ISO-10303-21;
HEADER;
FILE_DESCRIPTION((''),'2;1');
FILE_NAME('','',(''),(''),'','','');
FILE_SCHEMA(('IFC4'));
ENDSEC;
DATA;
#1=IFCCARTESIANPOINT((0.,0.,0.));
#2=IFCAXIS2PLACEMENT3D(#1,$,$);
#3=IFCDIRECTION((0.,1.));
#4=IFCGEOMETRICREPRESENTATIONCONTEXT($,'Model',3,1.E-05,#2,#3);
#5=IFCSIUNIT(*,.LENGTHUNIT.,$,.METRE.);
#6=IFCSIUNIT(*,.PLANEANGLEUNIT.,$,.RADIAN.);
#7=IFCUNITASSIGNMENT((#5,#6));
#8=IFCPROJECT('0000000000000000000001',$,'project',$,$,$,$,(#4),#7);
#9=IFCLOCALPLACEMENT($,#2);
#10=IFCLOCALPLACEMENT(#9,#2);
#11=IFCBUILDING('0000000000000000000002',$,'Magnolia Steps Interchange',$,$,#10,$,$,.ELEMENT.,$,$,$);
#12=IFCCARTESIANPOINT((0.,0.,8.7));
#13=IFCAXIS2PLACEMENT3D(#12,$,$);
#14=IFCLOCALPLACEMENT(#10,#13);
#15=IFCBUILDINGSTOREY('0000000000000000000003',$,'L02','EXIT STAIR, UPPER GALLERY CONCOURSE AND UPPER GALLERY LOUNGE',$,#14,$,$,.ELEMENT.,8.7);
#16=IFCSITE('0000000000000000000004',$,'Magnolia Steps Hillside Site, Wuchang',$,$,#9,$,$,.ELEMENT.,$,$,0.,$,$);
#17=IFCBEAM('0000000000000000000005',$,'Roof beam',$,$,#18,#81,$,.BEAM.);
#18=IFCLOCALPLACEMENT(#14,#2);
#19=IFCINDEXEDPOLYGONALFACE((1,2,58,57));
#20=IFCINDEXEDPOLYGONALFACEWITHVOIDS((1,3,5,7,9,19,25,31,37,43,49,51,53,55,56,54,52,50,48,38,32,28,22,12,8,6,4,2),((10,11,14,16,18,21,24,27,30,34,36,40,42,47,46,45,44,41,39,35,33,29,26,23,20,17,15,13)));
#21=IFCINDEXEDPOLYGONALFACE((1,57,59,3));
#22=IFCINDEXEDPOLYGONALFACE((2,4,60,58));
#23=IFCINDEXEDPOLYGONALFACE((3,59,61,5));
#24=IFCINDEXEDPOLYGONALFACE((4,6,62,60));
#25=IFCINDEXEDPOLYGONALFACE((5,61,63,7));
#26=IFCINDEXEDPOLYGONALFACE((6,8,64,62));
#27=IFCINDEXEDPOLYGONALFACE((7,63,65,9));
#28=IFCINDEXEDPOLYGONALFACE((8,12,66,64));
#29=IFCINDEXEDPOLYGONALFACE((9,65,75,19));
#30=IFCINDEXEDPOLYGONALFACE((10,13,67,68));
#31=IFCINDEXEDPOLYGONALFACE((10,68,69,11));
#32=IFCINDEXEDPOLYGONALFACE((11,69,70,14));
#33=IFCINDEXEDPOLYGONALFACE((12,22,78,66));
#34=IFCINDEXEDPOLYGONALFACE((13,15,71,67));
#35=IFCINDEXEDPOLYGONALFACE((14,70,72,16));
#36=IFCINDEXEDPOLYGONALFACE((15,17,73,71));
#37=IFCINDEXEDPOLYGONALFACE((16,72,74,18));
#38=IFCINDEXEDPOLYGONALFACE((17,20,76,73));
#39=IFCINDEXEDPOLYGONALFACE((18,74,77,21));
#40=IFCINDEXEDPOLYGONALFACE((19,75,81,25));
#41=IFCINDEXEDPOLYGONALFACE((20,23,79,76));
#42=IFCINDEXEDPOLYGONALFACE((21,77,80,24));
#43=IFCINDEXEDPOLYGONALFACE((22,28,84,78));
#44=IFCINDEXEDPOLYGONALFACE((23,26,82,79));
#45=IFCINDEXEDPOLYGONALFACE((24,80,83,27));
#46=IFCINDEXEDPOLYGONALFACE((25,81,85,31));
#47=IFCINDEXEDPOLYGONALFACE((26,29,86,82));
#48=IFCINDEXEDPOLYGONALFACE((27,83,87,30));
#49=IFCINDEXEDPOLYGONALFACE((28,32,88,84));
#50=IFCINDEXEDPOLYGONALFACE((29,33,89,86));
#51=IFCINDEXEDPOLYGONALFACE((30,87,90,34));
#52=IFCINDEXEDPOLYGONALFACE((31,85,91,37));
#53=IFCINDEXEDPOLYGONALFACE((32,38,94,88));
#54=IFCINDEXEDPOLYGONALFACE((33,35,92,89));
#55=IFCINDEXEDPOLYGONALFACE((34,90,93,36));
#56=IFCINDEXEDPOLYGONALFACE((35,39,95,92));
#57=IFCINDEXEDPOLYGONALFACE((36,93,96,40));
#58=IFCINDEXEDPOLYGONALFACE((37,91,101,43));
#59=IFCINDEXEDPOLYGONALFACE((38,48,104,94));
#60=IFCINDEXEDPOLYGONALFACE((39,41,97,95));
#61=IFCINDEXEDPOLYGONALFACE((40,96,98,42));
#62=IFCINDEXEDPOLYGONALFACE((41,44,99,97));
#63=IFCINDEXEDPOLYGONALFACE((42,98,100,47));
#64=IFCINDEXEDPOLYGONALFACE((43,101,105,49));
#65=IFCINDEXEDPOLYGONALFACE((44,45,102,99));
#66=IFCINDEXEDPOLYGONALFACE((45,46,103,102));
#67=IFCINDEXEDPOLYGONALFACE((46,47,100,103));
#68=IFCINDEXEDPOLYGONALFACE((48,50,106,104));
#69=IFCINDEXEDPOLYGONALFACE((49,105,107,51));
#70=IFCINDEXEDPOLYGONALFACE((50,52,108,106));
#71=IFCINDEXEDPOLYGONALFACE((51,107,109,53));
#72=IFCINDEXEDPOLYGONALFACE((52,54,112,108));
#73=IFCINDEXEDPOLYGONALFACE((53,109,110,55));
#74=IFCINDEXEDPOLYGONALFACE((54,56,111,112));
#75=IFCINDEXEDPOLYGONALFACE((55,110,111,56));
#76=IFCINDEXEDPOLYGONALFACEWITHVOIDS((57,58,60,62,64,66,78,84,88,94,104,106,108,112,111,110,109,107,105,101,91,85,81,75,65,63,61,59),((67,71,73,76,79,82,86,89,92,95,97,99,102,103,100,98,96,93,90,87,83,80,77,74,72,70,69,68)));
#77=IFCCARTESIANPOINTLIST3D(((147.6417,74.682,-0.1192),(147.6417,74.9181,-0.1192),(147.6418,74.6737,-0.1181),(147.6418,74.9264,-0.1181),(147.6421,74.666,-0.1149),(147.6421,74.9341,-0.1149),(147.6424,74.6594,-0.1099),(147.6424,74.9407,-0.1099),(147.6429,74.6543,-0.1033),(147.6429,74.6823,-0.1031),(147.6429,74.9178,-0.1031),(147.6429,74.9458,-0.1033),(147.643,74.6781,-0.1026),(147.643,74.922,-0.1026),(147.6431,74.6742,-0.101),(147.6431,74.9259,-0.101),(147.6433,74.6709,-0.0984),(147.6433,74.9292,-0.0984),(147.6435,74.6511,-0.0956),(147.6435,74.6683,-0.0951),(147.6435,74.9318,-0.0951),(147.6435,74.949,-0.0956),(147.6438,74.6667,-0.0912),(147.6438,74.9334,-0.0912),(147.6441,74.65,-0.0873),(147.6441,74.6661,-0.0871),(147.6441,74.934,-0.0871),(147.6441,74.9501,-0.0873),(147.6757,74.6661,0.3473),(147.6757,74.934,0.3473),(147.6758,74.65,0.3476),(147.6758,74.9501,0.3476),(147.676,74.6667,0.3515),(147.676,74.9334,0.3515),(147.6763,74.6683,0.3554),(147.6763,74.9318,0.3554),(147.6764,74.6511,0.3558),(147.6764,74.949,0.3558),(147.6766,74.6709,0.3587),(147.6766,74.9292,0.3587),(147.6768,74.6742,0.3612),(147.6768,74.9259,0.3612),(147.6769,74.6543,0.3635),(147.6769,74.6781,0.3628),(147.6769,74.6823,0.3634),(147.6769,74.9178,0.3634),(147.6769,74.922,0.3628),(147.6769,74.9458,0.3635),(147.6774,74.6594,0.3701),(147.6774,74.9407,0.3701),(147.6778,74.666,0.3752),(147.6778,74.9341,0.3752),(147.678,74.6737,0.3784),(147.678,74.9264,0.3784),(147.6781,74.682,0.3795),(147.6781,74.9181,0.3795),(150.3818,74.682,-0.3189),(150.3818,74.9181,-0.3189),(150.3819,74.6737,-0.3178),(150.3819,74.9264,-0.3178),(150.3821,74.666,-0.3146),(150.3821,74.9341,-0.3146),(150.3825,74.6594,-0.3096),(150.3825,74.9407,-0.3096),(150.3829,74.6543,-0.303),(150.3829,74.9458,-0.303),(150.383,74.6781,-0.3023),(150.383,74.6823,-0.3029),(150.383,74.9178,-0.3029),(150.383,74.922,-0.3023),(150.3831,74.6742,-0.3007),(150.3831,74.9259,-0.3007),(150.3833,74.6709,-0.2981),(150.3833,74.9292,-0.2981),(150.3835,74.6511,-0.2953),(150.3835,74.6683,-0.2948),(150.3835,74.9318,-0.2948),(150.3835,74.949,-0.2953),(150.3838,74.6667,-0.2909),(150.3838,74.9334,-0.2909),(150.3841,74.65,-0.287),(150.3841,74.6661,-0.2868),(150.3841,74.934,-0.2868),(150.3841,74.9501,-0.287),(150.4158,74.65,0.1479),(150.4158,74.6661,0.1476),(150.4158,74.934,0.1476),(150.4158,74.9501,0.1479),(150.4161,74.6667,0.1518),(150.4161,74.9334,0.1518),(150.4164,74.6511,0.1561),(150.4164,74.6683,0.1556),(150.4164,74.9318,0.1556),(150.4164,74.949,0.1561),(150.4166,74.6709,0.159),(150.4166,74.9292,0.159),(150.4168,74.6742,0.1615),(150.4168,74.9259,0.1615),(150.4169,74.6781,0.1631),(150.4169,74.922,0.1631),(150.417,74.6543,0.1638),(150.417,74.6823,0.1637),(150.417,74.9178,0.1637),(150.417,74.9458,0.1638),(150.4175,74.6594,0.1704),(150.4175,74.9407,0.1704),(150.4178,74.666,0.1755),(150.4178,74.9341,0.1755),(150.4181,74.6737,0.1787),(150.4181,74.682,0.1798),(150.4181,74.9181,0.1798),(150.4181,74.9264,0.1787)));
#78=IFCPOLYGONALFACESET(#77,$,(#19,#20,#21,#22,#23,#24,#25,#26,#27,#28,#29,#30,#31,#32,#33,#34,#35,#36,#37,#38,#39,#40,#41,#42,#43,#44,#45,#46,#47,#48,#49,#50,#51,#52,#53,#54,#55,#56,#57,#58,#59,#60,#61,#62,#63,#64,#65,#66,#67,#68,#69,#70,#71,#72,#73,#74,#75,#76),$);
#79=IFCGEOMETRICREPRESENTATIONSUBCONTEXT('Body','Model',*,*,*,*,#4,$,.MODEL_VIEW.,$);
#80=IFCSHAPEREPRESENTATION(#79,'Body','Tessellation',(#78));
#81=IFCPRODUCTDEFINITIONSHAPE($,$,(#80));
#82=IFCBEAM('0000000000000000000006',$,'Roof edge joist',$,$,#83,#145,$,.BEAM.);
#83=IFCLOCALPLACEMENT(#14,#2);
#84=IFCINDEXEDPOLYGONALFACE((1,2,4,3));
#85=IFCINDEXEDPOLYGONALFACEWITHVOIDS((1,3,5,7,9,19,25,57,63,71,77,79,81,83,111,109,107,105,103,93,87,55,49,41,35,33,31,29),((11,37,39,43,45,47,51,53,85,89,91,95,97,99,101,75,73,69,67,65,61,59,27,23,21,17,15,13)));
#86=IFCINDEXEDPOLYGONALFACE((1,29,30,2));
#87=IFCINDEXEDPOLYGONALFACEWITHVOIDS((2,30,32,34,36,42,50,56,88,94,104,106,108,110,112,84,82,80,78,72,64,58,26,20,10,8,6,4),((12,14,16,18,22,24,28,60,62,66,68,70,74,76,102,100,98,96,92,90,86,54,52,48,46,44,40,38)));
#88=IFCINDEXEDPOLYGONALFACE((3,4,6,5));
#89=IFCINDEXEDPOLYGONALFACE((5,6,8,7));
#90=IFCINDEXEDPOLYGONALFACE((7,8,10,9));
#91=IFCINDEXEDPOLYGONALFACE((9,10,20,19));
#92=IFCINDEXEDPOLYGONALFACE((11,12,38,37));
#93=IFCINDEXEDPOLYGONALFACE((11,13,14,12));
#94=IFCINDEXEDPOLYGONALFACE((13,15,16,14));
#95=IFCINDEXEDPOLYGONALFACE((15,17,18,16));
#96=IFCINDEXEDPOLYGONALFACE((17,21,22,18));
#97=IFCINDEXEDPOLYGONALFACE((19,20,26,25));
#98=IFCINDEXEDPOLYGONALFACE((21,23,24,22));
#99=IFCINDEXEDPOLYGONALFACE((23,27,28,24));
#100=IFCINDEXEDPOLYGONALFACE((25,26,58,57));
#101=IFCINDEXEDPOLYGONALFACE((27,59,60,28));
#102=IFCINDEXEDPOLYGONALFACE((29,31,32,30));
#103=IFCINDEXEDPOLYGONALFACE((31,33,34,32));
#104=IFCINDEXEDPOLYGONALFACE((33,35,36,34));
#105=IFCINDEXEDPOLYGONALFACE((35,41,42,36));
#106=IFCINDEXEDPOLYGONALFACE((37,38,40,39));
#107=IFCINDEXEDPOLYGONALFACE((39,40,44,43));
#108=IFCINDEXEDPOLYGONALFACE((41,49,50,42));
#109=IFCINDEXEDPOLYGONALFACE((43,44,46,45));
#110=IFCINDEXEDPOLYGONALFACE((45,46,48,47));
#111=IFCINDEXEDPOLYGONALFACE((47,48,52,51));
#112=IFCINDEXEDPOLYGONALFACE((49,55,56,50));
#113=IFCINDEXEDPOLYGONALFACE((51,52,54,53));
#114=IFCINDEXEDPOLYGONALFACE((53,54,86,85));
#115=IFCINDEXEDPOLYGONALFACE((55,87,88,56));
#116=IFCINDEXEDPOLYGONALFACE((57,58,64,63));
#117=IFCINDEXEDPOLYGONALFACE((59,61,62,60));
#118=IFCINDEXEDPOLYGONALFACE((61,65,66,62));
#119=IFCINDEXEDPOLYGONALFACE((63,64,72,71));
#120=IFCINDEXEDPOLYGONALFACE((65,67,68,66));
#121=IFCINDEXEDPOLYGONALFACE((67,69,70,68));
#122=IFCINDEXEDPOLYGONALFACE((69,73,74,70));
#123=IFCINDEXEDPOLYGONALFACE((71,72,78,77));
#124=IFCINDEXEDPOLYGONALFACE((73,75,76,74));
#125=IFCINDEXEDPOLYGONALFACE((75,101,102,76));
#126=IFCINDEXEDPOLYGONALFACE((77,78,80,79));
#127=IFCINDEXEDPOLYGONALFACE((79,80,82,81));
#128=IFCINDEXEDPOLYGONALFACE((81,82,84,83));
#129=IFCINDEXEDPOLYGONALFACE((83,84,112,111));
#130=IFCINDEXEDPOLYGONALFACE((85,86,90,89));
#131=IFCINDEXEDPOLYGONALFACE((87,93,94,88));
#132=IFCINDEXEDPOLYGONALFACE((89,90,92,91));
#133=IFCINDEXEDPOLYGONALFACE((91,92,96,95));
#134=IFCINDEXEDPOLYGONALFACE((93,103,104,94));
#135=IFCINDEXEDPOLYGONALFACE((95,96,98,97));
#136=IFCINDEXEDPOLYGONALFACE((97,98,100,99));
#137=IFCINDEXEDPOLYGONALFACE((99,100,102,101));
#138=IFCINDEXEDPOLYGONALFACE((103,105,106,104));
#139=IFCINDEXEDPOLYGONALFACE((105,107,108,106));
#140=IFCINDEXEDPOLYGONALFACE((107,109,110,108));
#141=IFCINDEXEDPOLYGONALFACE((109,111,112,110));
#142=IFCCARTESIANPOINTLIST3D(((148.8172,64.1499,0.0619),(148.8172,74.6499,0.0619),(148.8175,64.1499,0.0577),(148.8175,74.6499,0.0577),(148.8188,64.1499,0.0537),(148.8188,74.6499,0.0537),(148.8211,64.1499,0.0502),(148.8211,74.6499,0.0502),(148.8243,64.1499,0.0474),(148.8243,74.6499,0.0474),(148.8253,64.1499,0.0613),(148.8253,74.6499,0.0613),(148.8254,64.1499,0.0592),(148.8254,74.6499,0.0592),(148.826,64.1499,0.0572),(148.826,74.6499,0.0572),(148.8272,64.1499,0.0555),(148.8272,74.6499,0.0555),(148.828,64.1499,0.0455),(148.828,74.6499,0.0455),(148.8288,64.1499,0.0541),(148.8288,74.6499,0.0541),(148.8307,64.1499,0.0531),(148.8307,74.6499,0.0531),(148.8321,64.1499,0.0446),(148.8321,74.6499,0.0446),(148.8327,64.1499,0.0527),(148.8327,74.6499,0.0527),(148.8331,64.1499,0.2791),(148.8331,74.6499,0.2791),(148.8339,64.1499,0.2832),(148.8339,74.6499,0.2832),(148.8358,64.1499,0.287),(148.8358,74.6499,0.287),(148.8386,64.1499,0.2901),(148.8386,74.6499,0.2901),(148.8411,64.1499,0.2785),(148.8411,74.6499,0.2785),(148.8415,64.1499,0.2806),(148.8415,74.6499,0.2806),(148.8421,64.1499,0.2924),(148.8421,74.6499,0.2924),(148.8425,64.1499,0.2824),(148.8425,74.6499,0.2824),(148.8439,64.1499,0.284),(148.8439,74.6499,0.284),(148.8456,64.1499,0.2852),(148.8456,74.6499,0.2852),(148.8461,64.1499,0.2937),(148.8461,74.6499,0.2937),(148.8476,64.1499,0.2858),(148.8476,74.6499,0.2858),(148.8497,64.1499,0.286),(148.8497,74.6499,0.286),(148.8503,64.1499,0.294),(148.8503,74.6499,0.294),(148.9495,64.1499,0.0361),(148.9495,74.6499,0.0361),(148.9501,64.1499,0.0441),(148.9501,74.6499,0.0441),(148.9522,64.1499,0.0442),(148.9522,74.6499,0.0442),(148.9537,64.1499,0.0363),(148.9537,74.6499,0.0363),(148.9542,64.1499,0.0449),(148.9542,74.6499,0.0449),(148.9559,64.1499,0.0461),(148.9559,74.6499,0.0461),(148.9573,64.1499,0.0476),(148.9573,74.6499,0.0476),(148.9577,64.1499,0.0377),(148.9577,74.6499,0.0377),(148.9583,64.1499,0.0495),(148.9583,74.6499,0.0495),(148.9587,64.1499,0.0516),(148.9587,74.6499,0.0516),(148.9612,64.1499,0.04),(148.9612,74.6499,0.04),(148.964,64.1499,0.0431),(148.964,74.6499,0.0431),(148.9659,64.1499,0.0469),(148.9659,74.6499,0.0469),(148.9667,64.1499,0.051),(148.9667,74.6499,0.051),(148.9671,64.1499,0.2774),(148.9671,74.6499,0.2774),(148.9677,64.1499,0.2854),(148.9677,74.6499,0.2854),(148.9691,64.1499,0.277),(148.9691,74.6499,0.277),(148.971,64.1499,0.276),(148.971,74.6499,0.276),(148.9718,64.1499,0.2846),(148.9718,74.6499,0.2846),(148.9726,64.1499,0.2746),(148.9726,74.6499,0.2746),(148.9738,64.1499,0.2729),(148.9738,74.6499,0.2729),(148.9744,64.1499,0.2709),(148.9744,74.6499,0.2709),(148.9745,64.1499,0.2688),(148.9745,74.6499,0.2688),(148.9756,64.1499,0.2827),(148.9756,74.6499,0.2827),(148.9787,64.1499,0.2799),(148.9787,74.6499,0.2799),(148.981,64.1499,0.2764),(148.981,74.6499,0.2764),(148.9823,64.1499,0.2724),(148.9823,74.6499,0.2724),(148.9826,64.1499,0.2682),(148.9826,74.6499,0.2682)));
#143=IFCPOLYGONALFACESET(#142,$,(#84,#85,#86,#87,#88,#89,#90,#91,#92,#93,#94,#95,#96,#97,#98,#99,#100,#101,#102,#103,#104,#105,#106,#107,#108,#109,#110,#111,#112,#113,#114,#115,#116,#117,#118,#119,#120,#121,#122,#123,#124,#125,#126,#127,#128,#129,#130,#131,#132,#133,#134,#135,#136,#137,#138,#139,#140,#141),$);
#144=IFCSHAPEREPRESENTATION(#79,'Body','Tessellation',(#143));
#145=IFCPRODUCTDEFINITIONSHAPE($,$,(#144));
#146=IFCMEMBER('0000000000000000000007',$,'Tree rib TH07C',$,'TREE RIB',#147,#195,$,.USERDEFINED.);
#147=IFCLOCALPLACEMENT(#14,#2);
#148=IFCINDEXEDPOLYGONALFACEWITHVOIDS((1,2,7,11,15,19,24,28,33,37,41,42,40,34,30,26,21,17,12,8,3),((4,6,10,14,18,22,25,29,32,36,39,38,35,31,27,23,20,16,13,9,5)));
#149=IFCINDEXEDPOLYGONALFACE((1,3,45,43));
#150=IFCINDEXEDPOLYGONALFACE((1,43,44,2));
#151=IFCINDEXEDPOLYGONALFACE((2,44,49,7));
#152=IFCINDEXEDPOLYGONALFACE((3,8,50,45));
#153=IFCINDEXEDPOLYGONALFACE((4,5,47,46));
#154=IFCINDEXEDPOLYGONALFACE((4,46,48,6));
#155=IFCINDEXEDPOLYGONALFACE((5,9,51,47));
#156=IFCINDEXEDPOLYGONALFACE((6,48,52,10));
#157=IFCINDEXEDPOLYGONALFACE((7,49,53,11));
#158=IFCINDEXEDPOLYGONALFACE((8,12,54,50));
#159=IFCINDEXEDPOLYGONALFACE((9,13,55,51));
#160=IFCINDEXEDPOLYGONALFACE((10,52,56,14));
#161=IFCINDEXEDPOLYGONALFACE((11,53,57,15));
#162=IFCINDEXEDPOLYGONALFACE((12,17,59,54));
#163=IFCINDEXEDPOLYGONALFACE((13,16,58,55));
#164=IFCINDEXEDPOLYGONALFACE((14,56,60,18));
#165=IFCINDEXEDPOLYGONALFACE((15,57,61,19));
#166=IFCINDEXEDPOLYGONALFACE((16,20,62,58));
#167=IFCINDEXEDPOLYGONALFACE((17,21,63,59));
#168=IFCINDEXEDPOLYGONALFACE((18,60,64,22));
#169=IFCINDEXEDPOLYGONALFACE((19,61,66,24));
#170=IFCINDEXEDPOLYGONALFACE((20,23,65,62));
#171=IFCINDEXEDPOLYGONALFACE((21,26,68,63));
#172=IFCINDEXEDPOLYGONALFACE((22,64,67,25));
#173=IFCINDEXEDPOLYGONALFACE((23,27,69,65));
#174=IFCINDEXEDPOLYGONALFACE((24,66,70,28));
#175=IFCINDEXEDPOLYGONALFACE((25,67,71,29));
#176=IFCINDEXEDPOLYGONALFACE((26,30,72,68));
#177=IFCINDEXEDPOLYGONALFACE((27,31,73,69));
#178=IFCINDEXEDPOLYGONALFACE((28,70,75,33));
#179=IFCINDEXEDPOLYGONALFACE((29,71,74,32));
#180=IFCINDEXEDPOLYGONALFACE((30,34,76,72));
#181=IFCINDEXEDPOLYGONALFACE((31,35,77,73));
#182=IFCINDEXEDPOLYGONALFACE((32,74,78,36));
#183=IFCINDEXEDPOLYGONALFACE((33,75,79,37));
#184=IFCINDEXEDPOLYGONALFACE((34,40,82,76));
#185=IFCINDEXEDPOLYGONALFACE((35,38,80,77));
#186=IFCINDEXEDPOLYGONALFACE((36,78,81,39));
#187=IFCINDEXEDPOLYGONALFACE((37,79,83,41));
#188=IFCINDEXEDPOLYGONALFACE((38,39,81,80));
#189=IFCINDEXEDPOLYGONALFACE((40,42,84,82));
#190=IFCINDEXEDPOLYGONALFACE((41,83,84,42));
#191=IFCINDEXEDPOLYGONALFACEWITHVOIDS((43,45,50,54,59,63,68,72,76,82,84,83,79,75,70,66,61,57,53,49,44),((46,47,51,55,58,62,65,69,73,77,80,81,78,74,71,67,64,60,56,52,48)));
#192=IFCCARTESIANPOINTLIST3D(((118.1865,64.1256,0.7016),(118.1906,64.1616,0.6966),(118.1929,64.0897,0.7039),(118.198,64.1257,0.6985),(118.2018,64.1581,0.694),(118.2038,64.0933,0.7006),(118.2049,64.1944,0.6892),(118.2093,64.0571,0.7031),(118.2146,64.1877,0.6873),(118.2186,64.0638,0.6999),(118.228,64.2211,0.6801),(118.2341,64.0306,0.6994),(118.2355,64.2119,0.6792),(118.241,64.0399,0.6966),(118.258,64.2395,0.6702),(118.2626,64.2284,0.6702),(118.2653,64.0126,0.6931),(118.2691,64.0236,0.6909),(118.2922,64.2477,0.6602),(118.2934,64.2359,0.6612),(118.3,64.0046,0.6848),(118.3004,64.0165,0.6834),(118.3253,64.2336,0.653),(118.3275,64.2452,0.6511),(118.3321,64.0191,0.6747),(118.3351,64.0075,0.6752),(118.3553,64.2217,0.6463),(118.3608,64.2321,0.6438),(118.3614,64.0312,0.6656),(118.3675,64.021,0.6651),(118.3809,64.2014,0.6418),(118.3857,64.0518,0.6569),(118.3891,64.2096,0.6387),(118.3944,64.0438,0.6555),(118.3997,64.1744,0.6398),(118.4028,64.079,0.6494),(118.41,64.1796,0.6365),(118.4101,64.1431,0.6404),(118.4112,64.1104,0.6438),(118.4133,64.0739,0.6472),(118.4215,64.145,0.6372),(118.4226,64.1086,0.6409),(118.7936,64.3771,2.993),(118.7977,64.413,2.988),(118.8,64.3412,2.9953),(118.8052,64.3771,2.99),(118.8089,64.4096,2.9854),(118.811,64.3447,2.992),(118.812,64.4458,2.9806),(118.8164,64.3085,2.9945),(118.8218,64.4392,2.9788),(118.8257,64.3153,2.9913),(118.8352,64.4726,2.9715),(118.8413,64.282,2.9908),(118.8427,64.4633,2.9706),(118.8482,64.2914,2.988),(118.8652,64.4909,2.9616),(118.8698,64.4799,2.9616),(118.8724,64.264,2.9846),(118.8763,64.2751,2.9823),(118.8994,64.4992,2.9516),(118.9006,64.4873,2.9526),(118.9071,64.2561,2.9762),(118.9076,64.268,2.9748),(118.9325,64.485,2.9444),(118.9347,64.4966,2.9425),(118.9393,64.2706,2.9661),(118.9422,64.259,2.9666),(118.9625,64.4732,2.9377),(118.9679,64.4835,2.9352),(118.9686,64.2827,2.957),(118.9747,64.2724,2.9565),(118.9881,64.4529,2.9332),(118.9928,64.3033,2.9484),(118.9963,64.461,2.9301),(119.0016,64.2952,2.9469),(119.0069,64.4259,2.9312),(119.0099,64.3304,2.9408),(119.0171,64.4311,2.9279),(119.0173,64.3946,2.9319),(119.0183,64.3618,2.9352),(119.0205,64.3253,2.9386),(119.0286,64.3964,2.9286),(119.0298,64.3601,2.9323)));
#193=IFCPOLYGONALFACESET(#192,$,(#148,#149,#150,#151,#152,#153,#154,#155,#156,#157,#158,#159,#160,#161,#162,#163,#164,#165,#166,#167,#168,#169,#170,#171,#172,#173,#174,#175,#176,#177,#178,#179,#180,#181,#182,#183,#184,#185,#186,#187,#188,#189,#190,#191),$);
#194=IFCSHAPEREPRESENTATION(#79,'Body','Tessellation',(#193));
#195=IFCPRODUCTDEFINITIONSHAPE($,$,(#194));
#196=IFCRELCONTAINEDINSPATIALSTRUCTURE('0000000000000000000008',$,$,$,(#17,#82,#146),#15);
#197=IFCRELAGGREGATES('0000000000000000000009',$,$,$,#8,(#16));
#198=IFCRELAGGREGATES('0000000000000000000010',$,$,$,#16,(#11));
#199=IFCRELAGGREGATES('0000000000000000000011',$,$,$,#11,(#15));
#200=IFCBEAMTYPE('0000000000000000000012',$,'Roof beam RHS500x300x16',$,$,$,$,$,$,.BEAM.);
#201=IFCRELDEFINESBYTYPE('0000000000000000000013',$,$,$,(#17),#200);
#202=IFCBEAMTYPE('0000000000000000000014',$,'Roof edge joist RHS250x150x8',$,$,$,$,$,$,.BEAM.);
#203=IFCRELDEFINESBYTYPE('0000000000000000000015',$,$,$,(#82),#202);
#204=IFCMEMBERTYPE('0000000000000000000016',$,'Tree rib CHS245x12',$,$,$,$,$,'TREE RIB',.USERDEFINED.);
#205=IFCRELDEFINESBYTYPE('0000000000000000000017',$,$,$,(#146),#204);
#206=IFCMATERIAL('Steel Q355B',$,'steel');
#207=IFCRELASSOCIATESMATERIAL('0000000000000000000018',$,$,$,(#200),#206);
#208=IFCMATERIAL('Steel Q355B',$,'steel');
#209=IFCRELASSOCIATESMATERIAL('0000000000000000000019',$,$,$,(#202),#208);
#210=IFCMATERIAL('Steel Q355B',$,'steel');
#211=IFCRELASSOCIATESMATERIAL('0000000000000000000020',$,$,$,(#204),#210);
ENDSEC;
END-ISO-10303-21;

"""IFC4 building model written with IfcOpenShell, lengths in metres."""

from ifc_helpers import new_model, si_unit, direction, frame, origin, origin_2d, place, context, subcontext, project, spatial, hollow_rectangle, hollow_circle, extrude, material, material_profile, profile_set, type_object, element, save


model = new_model("IFC4")

# Units and contexts
model_context = context("Model", 3, precision=1e-05, world=origin(), true_north=direction((0.0, 1.0)))
body_context = subcontext(model_context, "Body", "Model", "MODEL_VIEW")
ifc_project = project(units=[si_unit("LENGTHUNIT", "METRE"), si_unit("PLANEANGLEUNIT", "RADIAN")], contexts=[model_context])

# Site, building, storey
site_placement = place(None, origin())
site = spatial("IfcSite", under=ifc_project, at=site_placement, Name="Magnolia Steps Hillside Site, Wuchang", CompositionType="ELEMENT", RefElevation=0.0)
building_placement = place(site_placement, origin())
building = spatial("IfcBuilding", under=site, at=building_placement, Name="Magnolia Steps Interchange", CompositionType="ELEMENT")
storey_placement = place(building_placement, frame((0.0, 0.0, 8.7)))
storey = spatial("IfcBuildingStorey", under=building, at=storey_placement, Name="L02", Description="EXIT STAIR, UPPER GALLERY CONCOURSE AND UPPER GALLERY LOUNGE", CompositionType="ELEMENT", Elevation=8.7)

# Beams
ifc_material_1 = material(Name="Steel Q355B", Category="steel")
ifc_material_profile_1 = material_profile(ifc_material_1, hollow_rectangle(XDim=0.3, YDim=0.5, WallThickness=0.0161, InnerFilletRadius=0.0161, OuterFilletRadius=0.032, at=origin_2d()), Name="RHS500x300x16")
ifc_profile_set_1 = profile_set([ifc_material_profile_1], Name="Steel Q355B")
beam_type_1 = type_object("IfcBeamType", Name="Roof beam RHS500x300x16", PredefinedType="BEAM", material=ifc_profile_set_1)
for number, where, z_axis, x_axis, name in (
    (1, (147.6599, 74.8, 0.1301), (0.997354, 0.0, -0.072693), (0.0, 1.0, 0.0), "Roof beam"),
):
    element("IfcBeam", number, at=place(storey_placement, frame(where, z_axis=z_axis, x_axis=x_axis)), inside=storey, type_object=beam_type_1, Name=name, PredefinedType="BEAM", context=body_context, shape_type="SweptSolid", body=[
        extrude(hollow_rectangle(XDim=0.3, YDim=0.5, WallThickness=0.0161, InnerFilletRadius=0.0161, OuterFilletRadius=0.032, at=origin_2d()), origin(), (0.0, 0.0, 1.0), 2.7473),
    ])
ifc_material_2 = material(Name="Steel Q355B", Category="steel")
ifc_material_profile_2 = material_profile(ifc_material_2, hollow_rectangle(XDim=0.1499, YDim=0.25, WallThickness=0.0081, InnerFilletRadius=0.0081, OuterFilletRadius=0.0161, at=origin_2d()), Name="RHS250x150x8")
ifc_profile_set_2 = profile_set([ifc_material_profile_2], Name="Steel Q355B")
beam_type_2 = type_object("IfcBeamType", Name="Roof edge joist RHS250x150x8", PredefinedType="BEAM", material=ifc_profile_set_2)
beam_placement = place(storey_placement, frame((148.8999, 64.1499, 0.165), z_axis=(0.0, 1.0, 0.0), x_axis=(-0.997352, 0.0, 0.072724)))
element("IfcBeam", 2, at=beam_placement, inside=storey, type_object=beam_type_2, Name="Roof edge joist", PredefinedType="BEAM", context=body_context, shape_type="SweptSolid", body=[
    extrude(hollow_rectangle(XDim=0.1499, YDim=0.25, WallThickness=0.0081, InnerFilletRadius=0.0081, OuterFilletRadius=0.0161, at=origin_2d()), origin(), (0.0, 0.0, 1.0), 10.5),
])

# Member
ifc_material_3 = material(Name="Steel Q355B", Category="steel")
ifc_material_profile_3 = material_profile(ifc_material_3, hollow_circle(Radius=0.1226, WallThickness=0.012, at=origin_2d()), Name="CHS245x12")
ifc_profile_set_3 = profile_set([ifc_material_profile_3], Name="Steel Q355B")
member_type_1 = type_object("IfcMemberType", Name="Tree rib CHS245x12", ElementType="TREE RIB", PredefinedType="USERDEFINED", material=ifc_profile_set_3)
member_1_placement = place(storey_placement, frame((118.3049, 64.1262, 0.6702), z_axis=(0.254701, 0.105485, 0.961249), x_axis=(-0.382636, 0.923899, 0.0)))
element("IfcMember", 3, at=member_1_placement, inside=storey, type_object=member_type_1, Name="Tree rib TH07C", ObjectType="TREE RIB", PredefinedType="USERDEFINED", context=body_context, shape_type="SweptSolid", body=[
    extrude(hollow_circle(Radius=0.1226, WallThickness=0.012, at=origin_2d()), origin(), (0.0, 0.0, 1.0), 2.3838),
])

save(model, "model.ifc")
